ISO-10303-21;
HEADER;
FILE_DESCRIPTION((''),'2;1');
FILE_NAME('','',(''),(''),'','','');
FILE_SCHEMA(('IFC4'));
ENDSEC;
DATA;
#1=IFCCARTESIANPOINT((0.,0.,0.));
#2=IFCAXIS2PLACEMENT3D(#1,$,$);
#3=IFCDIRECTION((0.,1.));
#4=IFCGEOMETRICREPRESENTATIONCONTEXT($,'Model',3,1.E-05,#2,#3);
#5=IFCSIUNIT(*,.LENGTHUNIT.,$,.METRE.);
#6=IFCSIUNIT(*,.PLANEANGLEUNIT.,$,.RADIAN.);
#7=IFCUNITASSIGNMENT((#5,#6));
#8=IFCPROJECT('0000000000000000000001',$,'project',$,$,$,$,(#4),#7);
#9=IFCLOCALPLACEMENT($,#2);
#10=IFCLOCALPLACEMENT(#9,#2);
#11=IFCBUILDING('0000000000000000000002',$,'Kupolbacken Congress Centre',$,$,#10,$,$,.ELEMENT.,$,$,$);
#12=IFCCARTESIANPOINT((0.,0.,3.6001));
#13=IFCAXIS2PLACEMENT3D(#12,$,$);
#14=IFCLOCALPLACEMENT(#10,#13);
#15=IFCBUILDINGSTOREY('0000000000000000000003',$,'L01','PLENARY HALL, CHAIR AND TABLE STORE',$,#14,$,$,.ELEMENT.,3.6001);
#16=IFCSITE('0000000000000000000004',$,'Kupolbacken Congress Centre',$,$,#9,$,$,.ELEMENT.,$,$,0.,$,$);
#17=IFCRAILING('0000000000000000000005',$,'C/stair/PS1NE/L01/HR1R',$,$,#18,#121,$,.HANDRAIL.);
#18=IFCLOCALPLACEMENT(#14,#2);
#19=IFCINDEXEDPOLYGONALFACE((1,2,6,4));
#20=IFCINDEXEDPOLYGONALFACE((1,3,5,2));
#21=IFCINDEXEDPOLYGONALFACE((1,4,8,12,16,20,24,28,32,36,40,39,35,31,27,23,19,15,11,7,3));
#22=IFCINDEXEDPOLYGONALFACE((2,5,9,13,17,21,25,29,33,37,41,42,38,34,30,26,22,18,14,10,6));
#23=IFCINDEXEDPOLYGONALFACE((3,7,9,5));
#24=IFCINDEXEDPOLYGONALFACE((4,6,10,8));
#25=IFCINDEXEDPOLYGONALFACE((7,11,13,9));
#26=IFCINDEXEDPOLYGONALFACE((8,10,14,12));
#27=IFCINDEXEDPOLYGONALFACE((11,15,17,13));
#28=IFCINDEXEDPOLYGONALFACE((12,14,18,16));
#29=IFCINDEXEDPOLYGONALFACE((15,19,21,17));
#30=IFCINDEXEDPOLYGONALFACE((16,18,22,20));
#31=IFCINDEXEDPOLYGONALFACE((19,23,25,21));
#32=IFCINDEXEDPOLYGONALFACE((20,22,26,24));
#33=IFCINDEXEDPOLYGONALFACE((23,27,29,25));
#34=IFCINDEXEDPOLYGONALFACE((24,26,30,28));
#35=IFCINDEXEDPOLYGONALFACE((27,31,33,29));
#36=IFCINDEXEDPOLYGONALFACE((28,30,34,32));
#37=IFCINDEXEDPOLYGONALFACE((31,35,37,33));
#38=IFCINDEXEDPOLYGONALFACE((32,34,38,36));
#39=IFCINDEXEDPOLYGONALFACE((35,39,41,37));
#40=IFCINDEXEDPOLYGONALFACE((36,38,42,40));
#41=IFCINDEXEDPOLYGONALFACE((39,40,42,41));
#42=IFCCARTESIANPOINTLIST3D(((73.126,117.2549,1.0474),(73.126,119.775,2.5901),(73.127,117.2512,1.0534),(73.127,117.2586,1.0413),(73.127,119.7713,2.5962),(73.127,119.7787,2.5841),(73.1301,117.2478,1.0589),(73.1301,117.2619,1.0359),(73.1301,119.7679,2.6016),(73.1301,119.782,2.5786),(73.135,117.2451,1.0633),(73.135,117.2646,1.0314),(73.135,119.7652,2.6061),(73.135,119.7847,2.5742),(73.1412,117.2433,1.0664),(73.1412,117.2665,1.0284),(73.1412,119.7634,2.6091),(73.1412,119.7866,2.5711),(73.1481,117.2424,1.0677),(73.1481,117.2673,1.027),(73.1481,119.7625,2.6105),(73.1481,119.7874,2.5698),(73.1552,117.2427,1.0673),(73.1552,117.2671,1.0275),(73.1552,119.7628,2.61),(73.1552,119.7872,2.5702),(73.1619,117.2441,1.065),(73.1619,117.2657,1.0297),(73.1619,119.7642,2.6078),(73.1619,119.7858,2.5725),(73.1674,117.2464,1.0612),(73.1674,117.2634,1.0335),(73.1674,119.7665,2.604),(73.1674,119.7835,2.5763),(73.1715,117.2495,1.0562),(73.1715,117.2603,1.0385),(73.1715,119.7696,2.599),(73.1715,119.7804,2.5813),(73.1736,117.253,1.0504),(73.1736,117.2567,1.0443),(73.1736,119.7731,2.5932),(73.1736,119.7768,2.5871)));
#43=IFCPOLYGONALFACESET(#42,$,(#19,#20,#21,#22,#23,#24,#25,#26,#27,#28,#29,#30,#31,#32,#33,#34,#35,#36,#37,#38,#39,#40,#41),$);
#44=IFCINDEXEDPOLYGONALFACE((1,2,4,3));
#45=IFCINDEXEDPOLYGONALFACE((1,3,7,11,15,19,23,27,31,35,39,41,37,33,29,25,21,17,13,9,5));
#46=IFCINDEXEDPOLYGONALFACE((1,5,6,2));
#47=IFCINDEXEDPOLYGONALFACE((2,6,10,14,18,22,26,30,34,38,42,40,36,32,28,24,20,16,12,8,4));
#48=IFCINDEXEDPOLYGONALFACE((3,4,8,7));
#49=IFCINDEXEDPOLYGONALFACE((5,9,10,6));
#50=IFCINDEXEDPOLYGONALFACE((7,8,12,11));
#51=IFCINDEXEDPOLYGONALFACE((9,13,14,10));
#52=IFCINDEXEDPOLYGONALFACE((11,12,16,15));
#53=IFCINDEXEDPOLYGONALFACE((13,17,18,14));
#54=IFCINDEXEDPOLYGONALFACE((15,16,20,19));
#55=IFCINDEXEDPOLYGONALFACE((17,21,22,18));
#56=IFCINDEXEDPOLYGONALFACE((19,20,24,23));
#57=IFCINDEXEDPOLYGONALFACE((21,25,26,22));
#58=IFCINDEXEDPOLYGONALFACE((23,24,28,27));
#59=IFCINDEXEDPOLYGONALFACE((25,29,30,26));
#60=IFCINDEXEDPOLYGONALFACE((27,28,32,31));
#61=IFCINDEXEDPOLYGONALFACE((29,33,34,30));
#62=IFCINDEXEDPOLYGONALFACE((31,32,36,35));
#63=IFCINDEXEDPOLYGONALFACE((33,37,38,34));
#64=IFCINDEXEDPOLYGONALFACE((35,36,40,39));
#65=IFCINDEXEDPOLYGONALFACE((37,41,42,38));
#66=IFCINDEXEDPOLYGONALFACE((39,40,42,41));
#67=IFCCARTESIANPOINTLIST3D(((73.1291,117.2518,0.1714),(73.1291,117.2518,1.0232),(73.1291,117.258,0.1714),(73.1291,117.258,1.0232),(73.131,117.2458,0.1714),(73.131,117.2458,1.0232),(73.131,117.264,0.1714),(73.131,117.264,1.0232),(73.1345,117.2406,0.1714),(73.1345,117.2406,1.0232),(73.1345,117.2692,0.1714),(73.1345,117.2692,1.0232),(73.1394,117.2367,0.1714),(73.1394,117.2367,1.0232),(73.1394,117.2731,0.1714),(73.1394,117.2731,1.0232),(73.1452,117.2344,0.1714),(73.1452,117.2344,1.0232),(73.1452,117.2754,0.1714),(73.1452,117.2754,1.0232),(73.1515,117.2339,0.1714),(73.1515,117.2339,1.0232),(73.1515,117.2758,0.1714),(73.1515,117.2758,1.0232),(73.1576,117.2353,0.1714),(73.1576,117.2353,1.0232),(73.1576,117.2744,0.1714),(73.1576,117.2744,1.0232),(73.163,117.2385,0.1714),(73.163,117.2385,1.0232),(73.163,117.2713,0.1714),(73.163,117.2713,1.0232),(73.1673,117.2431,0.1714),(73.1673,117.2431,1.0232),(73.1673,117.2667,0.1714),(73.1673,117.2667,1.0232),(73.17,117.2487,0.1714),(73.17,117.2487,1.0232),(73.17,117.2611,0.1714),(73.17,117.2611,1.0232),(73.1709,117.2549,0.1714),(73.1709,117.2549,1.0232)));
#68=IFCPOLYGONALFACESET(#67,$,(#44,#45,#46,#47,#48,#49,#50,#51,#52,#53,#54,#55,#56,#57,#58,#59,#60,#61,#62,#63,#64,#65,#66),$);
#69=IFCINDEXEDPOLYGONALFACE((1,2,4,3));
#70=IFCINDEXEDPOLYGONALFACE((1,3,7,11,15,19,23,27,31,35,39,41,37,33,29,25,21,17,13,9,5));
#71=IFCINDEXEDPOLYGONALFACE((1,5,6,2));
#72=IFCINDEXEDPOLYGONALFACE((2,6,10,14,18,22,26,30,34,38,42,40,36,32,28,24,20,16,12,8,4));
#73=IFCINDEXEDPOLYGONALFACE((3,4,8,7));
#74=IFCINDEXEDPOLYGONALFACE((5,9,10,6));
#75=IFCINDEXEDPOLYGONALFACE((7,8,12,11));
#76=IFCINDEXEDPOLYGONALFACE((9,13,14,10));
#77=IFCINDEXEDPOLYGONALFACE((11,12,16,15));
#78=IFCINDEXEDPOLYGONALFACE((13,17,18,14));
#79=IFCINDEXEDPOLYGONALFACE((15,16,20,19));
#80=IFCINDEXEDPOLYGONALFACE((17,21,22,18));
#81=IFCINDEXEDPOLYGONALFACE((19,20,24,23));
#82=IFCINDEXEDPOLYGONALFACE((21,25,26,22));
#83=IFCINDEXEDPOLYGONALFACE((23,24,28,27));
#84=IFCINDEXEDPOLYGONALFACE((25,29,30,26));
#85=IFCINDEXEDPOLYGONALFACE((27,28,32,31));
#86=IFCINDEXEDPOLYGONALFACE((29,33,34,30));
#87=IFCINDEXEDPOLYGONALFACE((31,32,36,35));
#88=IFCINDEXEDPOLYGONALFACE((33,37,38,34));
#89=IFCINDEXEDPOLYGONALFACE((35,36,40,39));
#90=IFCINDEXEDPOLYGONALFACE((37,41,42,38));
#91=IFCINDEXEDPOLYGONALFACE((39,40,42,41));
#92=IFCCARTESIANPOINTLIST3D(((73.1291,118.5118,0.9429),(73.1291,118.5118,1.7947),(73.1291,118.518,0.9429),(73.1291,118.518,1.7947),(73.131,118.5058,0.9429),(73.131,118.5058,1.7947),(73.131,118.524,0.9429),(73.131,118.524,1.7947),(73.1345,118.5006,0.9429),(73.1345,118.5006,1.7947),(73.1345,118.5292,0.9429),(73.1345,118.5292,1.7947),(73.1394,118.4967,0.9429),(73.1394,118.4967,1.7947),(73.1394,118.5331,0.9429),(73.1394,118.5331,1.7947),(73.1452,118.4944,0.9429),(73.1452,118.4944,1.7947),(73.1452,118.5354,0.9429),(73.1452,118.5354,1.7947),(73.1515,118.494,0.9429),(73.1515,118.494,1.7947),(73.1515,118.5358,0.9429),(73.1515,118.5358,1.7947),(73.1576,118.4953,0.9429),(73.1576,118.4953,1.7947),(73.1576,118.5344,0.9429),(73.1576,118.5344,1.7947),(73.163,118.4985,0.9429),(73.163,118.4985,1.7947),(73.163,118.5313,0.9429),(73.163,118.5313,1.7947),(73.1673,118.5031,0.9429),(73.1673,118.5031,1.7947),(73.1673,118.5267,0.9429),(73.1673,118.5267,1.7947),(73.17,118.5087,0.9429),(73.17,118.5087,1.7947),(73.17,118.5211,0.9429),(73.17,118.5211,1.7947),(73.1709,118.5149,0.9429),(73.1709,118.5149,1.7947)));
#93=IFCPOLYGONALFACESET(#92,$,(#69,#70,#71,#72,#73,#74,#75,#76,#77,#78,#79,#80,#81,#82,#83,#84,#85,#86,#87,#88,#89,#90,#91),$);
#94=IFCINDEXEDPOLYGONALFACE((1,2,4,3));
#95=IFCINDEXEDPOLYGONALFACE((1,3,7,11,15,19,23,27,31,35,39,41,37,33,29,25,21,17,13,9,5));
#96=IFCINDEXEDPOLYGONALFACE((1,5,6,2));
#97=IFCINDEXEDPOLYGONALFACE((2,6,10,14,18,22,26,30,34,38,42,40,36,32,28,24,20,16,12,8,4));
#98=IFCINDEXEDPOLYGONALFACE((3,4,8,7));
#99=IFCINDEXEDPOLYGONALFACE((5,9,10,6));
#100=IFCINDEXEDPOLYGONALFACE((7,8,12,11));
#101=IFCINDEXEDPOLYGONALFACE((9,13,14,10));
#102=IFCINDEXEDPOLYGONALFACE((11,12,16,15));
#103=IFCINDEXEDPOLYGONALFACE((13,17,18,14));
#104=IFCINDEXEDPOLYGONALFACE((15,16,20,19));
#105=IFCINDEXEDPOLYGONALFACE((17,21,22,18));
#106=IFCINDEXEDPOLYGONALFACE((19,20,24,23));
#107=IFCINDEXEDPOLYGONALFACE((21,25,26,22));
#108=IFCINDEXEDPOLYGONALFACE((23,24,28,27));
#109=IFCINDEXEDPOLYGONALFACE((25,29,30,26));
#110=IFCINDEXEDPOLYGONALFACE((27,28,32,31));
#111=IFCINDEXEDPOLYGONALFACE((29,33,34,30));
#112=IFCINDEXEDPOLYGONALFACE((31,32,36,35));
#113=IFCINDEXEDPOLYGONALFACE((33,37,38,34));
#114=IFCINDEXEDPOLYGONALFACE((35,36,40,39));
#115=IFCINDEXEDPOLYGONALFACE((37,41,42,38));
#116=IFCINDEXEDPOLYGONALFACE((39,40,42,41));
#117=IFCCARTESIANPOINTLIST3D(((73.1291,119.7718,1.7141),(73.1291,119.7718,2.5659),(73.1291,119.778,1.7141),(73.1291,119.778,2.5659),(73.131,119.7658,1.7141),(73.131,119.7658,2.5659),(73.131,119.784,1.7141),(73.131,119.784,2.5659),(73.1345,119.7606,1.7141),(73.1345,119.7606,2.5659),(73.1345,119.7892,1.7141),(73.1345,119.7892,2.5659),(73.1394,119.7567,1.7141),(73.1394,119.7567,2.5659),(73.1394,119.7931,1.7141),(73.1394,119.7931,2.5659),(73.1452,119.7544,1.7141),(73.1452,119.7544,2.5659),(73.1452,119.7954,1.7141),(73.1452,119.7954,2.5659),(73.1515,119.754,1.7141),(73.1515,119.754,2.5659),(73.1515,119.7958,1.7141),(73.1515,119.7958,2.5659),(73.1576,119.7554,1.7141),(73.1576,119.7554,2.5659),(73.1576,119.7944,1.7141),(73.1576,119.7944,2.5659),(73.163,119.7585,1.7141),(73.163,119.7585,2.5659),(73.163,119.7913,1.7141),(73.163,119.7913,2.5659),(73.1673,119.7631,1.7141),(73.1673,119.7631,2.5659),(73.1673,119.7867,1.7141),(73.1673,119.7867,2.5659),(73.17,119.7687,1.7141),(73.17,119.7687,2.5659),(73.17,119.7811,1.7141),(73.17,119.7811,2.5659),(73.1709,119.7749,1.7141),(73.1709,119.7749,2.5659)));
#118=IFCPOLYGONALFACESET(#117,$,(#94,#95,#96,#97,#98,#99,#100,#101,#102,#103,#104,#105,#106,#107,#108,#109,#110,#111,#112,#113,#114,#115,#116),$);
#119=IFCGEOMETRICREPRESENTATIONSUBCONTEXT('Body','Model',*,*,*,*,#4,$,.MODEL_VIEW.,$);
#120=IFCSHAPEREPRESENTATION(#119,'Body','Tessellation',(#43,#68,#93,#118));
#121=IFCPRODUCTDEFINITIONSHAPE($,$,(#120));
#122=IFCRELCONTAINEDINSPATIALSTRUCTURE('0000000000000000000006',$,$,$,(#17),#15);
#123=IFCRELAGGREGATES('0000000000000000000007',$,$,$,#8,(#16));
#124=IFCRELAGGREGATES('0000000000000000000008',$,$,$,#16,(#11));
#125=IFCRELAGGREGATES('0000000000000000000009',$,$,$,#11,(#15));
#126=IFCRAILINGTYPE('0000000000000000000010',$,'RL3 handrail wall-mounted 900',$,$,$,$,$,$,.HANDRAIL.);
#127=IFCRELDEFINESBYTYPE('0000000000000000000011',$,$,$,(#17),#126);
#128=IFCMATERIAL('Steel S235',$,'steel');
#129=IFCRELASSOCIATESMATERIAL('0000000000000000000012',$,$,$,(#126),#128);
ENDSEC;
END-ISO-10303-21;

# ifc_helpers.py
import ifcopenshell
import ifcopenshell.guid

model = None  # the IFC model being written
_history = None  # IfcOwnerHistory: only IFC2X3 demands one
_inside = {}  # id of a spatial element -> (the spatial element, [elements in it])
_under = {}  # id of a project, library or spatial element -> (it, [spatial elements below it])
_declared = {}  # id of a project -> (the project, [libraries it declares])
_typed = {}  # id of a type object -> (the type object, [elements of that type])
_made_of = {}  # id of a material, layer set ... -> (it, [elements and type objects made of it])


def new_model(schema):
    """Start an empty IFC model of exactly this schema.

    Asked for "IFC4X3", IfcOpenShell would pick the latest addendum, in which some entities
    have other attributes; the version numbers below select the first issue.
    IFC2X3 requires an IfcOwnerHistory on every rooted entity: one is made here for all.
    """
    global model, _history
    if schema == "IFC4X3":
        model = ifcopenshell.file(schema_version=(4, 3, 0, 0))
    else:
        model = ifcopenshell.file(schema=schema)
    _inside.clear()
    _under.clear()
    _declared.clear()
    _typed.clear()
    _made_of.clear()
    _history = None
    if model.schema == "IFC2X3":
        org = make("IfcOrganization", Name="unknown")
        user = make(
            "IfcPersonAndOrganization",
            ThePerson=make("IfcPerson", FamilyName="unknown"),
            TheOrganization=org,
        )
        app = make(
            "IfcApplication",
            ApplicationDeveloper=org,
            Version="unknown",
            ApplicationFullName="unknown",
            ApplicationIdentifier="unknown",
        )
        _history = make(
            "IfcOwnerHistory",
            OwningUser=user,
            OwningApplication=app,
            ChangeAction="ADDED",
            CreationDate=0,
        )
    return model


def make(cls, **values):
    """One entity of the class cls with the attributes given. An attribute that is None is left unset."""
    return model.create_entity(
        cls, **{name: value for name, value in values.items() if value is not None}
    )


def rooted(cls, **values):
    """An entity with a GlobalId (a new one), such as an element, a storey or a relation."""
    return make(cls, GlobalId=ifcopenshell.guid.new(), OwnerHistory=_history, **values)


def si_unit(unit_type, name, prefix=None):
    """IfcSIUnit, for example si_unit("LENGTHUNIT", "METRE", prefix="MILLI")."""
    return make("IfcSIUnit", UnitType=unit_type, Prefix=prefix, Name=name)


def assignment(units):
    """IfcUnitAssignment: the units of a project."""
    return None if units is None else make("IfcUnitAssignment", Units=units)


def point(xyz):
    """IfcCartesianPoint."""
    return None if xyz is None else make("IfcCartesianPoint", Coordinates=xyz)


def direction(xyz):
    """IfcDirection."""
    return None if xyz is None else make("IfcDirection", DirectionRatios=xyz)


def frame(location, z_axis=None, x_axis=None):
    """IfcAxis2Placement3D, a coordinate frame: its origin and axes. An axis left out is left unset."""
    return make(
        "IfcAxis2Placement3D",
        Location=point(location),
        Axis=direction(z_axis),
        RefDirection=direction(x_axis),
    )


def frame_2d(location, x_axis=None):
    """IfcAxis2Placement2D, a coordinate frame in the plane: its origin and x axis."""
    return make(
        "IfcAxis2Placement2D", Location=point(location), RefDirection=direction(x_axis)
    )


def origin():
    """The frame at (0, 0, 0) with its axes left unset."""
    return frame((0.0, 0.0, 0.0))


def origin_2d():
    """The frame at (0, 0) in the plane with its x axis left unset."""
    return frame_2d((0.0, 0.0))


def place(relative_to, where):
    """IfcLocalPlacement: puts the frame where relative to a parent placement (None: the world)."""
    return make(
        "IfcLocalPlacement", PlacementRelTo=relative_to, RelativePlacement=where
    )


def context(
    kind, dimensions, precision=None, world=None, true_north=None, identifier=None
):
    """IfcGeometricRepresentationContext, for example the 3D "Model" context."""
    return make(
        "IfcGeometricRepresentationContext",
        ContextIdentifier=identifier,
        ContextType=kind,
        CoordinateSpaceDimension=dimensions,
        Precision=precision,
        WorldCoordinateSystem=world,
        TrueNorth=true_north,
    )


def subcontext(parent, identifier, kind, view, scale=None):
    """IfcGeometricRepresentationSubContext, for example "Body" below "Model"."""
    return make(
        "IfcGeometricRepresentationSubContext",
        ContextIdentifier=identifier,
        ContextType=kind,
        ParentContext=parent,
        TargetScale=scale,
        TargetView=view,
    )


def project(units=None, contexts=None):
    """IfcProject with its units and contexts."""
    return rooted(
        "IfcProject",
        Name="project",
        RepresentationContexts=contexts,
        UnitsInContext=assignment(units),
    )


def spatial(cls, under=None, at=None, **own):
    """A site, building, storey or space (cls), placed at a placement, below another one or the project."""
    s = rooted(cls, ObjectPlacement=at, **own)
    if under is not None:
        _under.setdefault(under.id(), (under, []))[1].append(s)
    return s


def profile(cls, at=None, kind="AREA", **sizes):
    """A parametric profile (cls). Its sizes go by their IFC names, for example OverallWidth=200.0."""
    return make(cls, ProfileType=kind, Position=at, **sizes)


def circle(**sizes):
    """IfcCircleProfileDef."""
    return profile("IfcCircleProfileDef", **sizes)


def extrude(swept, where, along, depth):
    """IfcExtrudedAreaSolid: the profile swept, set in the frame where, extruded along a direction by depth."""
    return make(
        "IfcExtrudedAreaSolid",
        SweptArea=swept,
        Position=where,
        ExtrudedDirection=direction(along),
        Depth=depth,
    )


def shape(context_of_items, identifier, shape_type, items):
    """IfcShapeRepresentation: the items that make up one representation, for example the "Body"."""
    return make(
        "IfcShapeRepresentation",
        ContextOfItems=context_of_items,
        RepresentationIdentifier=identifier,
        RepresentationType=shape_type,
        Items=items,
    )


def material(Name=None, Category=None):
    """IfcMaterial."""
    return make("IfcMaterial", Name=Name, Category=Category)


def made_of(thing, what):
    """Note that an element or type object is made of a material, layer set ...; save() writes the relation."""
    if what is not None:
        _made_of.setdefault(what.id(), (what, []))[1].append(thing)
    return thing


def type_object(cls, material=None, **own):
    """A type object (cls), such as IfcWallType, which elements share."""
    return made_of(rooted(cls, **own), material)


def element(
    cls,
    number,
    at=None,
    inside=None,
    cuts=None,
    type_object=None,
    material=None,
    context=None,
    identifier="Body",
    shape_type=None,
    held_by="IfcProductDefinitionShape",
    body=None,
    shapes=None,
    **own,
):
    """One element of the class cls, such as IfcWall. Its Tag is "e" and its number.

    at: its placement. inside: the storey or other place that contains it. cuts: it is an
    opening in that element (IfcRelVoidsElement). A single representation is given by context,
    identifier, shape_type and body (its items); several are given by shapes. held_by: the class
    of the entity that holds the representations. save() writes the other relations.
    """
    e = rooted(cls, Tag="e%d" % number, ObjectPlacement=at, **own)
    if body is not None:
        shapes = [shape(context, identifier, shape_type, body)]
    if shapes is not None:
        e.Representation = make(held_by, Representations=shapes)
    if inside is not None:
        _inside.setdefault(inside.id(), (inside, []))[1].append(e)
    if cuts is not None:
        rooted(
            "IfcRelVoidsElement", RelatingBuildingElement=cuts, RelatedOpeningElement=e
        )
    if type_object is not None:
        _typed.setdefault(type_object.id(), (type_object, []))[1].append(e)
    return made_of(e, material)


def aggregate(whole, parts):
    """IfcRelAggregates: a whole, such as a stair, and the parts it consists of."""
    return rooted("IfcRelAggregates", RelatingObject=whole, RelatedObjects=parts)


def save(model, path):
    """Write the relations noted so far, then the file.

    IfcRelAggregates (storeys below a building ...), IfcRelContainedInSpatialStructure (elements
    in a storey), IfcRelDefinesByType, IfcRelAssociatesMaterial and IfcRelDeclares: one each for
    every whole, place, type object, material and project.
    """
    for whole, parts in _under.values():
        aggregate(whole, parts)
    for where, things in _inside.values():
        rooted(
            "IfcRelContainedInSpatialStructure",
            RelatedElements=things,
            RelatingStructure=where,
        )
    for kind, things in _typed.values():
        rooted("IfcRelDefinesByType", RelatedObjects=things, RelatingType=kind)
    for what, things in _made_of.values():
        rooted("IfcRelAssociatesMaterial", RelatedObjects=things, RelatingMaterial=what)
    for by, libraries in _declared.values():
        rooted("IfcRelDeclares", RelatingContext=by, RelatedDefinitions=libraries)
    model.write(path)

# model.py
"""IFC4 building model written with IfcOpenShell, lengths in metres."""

from ifc_helpers import new_model, si_unit, direction, frame, origin, origin_2d, place, context, subcontext, project, spatial, circle, extrude, material, type_object, element, save


model = new_model("IFC4")

# Units and contexts
model_context = context("Model", 3, precision=1e-05, world=origin(), true_north=direction((0.0, 1.0)))
body_context = subcontext(model_context, "Body", "Model", "MODEL_VIEW")
ifc_project = project(units=[si_unit("LENGTHUNIT", "METRE"), si_unit("PLANEANGLEUNIT", "RADIAN")], contexts=[model_context])

# Site, building, storey
site_placement = place(None, origin())
site = spatial("IfcSite", under=ifc_project, at=site_placement, Name="Kupolbacken Congress Centre", CompositionType="ELEMENT", RefElevation=0.0)
building_placement = place(site_placement, origin())
building = spatial("IfcBuilding", under=site, at=building_placement, Name="Kupolbacken Congress Centre", CompositionType="ELEMENT")
storey_placement = place(building_placement, frame((0.0, 0.0, 3.6001)))
storey = spatial("IfcBuildingStorey", under=building, at=storey_placement, Name="L01", Description="PLENARY HALL, CHAIR AND TABLE STORE", CompositionType="ELEMENT", Elevation=3.6001)

# Railing
ifc_material_1 = material(Name="Steel S235", Category="steel")
railing_type = type_object("IfcRailingType", Name="RL3 handrail wall-mounted 900", PredefinedType="HANDRAIL", material=ifc_material_1)
for number, where, name in (
    (1, (73.1499, 117.2549, 0.1714), "C/stair/PS1NE/L01/HR1R"),
):
    element("IfcRailing", number, at=place(storey_placement, frame(where)), inside=storey, type_object=railing_type, Name=name, PredefinedType="HANDRAIL", context=body_context, shape_type="SweptSolid", body=[
        extrude(circle(Radius=0.0239, at=origin_2d()), frame((0.0, 0.0, 0.876), z_axis=(0.0, 0.852873, 0.522118), x_axis=(-1.0, 0.0, 0.0)), (0.0, 0.0, 1.0), 2.9548),
        extrude(circle(Radius=0.021, at=origin_2d()), origin(), (0.0, 0.0, 1.0), 0.8518),
        extrude(circle(Radius=0.021, at=origin_2d()), frame((0.0, 1.26, 0.7715)), (0.0, 0.0, 1.0), 0.8518),
        extrude(circle(Radius=0.021, at=origin_2d()), frame((0.0, 2.52, 1.5427)), (0.0, 0.0, 1.0), 0.8518),
    ])

save(model, "model.ifc")
